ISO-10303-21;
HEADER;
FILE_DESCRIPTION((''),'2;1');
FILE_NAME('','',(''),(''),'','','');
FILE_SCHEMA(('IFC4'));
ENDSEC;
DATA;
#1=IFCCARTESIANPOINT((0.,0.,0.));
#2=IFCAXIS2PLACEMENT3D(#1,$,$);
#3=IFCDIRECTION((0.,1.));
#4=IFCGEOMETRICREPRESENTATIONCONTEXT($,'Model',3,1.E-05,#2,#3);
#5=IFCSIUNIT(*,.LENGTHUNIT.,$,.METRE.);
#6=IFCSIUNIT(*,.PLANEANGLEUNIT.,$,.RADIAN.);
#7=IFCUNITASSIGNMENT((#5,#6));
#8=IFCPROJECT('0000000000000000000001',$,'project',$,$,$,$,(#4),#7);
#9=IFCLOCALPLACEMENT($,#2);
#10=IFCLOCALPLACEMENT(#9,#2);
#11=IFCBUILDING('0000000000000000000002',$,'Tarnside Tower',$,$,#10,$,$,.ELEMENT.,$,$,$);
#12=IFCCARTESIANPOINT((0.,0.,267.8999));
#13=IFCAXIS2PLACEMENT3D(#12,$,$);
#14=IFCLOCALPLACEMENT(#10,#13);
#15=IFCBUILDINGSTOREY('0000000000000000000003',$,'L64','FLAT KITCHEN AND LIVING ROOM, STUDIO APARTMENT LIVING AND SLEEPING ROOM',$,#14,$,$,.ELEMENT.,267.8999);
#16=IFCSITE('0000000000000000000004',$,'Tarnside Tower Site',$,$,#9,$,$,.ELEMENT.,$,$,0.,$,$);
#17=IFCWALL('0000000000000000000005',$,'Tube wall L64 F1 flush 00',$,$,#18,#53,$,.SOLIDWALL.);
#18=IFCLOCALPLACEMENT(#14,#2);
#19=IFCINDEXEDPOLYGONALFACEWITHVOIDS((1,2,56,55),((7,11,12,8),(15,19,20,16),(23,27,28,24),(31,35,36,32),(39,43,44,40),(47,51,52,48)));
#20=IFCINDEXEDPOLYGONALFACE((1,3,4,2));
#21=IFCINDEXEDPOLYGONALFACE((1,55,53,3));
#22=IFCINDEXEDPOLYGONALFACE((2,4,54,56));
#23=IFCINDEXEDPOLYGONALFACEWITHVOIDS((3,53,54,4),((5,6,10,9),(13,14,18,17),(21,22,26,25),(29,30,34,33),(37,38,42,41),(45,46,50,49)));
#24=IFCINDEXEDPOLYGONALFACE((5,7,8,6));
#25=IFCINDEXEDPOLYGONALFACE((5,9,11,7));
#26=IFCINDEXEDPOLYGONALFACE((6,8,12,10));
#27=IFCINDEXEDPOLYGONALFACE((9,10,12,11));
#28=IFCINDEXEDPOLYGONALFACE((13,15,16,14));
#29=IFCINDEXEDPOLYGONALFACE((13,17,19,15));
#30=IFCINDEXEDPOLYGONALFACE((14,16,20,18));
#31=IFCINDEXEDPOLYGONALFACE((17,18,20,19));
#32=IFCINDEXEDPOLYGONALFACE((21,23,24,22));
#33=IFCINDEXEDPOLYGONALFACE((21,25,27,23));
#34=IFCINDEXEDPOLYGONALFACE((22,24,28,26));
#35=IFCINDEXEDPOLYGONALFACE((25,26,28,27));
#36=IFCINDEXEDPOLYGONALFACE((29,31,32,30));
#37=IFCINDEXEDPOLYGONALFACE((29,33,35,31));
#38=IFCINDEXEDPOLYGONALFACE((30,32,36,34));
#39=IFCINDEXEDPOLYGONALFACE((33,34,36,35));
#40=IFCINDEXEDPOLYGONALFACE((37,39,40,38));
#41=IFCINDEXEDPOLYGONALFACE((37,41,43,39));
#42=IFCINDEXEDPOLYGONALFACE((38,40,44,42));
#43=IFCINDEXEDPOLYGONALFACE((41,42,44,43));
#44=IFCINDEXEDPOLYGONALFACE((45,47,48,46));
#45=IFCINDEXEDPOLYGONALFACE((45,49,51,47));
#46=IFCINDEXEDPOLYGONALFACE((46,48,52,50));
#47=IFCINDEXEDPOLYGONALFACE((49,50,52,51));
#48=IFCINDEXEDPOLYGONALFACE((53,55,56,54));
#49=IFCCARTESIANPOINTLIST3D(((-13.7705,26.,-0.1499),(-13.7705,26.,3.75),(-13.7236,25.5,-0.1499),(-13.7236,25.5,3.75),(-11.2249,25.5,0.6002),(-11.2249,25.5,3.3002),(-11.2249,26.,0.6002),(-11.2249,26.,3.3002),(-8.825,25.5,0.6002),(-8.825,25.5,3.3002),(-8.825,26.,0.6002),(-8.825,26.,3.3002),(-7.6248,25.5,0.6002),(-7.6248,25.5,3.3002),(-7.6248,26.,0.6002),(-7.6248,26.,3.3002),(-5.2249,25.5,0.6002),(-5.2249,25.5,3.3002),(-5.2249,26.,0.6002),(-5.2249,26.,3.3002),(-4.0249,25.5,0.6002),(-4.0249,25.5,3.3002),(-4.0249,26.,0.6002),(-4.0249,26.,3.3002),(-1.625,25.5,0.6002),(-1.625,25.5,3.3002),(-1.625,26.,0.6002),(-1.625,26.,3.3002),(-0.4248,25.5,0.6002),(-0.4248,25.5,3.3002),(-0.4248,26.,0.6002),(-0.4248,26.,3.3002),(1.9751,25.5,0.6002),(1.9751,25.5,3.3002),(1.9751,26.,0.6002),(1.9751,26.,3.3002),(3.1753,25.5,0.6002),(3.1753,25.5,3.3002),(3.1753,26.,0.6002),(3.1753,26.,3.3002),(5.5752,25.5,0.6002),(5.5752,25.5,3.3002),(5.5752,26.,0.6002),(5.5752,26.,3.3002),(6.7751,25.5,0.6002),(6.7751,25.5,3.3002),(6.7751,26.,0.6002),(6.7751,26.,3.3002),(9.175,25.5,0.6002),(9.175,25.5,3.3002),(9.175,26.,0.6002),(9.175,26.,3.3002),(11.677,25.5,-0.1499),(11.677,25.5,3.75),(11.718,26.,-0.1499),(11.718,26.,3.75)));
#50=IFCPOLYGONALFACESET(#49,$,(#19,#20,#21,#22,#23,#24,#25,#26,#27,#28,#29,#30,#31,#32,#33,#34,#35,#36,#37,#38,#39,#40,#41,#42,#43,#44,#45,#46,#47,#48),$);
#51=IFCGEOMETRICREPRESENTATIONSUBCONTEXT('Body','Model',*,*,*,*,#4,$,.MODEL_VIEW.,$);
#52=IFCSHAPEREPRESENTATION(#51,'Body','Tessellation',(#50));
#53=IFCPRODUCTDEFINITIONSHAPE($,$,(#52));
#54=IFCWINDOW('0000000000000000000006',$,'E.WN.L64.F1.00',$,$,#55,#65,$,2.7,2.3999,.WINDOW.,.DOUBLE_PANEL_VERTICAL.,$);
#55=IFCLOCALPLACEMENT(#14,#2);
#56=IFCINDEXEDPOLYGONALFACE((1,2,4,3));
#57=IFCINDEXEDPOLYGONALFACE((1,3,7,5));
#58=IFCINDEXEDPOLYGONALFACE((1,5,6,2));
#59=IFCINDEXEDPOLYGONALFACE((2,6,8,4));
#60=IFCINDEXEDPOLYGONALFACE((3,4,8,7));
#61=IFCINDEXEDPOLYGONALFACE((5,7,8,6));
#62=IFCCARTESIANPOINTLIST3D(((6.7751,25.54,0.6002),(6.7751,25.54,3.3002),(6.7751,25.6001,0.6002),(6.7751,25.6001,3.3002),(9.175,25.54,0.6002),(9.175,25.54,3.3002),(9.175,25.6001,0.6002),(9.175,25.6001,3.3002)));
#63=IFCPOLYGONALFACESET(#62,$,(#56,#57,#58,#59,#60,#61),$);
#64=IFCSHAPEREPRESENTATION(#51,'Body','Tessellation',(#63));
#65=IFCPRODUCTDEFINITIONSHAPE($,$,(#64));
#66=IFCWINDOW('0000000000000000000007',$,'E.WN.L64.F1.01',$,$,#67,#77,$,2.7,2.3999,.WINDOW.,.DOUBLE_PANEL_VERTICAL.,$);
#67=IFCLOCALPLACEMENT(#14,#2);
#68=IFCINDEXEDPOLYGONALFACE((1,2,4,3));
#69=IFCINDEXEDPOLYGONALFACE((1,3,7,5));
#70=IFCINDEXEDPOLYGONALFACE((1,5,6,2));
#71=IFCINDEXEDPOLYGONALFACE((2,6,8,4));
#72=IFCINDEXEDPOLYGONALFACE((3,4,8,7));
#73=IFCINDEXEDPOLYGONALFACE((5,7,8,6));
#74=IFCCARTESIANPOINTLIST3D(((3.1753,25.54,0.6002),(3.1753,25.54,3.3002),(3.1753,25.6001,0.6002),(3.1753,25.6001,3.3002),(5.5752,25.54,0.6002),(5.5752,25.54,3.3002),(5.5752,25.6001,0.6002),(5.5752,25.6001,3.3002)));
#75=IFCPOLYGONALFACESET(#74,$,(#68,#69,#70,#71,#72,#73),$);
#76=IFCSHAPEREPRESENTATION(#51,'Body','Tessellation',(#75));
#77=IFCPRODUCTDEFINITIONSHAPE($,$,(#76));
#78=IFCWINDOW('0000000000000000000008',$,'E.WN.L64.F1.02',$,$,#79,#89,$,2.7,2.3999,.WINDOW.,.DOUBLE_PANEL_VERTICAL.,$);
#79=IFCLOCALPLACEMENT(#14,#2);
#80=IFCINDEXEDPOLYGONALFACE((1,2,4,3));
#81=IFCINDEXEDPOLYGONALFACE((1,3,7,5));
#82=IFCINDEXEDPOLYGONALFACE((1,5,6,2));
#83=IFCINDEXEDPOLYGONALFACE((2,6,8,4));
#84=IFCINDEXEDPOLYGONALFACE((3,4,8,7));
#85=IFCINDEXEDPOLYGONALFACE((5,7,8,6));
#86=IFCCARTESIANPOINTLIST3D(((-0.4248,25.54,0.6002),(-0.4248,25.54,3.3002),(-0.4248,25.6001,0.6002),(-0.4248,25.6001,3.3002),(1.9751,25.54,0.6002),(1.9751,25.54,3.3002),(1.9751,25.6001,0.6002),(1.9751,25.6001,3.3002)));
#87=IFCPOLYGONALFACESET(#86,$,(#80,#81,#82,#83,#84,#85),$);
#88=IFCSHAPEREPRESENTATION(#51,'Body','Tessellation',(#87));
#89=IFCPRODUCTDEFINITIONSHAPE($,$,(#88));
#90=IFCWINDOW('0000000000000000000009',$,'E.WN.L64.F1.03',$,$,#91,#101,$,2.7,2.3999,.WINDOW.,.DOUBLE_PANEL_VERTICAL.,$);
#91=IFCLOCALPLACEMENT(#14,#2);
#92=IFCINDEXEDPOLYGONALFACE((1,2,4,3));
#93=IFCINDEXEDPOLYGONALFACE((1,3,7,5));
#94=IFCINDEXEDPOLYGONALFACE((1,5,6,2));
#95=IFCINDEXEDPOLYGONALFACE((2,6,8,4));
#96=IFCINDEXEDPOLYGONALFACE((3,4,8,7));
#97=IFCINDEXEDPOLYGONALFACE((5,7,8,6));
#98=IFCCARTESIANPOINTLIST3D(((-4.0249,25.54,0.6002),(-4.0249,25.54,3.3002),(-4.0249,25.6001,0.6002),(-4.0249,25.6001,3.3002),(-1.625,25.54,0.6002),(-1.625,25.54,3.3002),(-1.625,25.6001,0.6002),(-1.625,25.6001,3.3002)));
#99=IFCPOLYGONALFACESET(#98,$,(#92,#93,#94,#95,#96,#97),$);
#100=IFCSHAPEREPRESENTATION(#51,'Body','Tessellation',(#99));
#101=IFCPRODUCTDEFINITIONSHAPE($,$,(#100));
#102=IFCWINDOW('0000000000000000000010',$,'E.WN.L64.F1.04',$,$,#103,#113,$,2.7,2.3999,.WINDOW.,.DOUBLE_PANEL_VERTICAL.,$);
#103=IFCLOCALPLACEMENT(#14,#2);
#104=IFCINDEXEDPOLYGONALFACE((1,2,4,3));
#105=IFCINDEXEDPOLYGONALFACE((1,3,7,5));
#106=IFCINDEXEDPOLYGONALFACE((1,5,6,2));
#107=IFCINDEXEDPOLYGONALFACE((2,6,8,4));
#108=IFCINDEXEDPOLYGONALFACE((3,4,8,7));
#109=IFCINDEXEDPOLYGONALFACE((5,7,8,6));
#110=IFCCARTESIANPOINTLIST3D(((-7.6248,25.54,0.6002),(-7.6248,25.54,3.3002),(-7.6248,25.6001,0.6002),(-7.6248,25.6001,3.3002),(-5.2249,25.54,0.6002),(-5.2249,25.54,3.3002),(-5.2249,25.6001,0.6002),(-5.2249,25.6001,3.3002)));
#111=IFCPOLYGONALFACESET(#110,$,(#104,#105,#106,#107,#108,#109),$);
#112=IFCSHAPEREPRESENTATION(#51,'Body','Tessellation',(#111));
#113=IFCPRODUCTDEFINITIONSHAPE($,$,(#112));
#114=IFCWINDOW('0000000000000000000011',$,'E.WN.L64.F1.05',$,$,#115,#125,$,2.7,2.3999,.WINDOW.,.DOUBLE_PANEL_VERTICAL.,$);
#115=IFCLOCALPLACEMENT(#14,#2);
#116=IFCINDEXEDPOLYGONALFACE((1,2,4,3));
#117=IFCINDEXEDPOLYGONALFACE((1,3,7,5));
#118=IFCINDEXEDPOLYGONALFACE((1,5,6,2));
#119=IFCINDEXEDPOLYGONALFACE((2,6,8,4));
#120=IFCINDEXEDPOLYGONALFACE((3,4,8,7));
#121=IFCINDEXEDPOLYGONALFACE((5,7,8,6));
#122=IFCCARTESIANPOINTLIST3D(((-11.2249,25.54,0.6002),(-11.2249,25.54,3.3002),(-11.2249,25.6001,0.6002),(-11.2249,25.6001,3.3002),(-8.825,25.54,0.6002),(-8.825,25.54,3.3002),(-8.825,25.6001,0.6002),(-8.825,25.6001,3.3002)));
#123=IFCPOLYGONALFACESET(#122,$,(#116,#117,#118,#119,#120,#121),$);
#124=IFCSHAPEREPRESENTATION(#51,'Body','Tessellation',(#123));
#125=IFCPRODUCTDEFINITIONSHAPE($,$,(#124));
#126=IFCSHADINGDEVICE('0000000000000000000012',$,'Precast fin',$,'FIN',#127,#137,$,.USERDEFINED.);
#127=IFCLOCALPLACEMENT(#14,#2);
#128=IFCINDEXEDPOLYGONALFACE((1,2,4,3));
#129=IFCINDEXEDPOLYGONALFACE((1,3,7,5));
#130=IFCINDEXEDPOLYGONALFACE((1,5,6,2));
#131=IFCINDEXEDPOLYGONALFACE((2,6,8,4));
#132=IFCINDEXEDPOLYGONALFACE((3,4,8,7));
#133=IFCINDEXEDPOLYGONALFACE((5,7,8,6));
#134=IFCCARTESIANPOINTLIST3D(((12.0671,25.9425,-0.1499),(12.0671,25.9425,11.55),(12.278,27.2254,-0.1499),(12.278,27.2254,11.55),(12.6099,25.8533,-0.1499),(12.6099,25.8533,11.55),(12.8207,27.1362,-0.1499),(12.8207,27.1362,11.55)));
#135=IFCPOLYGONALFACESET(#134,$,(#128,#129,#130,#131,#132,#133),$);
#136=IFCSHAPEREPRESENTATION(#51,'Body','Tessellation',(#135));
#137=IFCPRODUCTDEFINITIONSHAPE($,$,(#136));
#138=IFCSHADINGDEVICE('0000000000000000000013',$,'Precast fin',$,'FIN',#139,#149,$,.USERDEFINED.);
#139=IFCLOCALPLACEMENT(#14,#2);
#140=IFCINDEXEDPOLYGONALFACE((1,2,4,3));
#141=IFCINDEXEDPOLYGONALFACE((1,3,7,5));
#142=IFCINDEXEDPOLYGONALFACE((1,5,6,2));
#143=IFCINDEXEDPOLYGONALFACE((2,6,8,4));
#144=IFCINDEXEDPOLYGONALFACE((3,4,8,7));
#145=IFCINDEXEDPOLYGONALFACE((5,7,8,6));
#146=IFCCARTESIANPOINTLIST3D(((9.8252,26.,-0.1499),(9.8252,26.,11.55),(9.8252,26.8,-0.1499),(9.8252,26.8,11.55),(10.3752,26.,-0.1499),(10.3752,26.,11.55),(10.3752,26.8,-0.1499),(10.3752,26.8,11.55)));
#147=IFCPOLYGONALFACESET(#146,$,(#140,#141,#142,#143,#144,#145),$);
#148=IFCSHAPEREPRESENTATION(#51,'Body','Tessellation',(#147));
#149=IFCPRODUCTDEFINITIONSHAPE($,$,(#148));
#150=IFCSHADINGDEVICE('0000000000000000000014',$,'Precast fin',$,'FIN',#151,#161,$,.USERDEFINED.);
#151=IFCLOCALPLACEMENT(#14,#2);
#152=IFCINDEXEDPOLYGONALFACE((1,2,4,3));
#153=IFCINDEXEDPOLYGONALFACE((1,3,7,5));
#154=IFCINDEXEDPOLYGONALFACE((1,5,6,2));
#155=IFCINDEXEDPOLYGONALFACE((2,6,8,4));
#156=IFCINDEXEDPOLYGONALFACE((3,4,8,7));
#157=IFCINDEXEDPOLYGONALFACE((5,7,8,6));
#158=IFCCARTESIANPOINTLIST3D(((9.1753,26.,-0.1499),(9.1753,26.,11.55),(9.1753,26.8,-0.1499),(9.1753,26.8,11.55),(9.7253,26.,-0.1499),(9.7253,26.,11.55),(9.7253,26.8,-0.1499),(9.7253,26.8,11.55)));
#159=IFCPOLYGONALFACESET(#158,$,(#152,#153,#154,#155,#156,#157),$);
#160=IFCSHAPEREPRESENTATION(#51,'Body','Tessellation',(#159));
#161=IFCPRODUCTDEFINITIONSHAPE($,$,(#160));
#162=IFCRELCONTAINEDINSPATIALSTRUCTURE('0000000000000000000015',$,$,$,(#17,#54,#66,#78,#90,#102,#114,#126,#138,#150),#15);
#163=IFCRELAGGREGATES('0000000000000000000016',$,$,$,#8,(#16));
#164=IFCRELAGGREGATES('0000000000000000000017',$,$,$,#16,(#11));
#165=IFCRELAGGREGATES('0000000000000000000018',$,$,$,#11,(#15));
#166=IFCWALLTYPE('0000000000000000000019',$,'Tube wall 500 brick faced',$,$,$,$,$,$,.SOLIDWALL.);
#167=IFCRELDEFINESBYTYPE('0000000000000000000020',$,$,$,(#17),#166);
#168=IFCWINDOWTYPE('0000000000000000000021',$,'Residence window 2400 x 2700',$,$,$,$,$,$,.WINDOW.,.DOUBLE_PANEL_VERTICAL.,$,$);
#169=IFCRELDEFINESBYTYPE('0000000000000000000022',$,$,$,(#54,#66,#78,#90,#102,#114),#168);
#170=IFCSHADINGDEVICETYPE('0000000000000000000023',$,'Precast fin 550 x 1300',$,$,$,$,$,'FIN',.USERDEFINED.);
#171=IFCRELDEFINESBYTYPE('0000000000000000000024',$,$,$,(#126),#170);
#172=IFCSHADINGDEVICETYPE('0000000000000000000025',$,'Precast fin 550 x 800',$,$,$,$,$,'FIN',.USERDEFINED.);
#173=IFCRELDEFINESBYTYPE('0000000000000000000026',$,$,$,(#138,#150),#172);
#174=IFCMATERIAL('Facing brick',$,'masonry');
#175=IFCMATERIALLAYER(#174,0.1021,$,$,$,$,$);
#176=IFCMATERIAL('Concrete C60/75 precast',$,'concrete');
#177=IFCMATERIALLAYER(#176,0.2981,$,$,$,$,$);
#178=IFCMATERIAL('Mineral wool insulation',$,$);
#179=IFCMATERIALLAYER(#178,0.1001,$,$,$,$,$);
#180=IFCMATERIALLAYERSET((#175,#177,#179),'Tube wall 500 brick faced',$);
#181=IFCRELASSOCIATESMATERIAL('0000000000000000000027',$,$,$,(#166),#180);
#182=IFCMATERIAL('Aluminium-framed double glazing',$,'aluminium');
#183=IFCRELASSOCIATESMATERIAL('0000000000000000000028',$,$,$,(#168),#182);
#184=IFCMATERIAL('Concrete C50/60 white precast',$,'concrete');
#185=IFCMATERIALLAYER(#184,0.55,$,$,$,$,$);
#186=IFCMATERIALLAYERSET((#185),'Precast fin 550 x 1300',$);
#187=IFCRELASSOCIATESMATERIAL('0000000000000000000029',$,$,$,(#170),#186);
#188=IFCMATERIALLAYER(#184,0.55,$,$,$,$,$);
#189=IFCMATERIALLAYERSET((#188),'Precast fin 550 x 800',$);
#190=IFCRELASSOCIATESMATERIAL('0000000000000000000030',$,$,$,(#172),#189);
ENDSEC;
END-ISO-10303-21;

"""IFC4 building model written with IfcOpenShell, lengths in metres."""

from ifc_helpers import new_model, si_unit, direction, frame, frame_2d, origin, place, context, subcontext, project, spatial, polyline, rectangle, outline, extrude, material, layer, layer_set, type_object, element, fill, save


model = new_model("IFC4")

# Units and contexts
model_context = context("Model", 3, precision=1e-05, world=origin(), true_north=direction((0.0, 1.0)))
body_context = subcontext(model_context, "Body", "Model", "MODEL_VIEW")
ifc_project = project(units=[si_unit("LENGTHUNIT", "METRE"), si_unit("PLANEANGLEUNIT", "RADIAN")], contexts=[model_context])

# Site, building, storey
site_placement = place(None, origin())
site = spatial("IfcSite", under=ifc_project, at=site_placement, Name="Tarnside Tower Site", CompositionType="ELEMENT", RefElevation=0.0)
building_placement = place(site_placement, origin())
building = spatial("IfcBuilding", under=site, at=building_placement, Name="Tarnside Tower", CompositionType="ELEMENT")
storey_placement = place(building_placement, frame((0.0, 0.0, 267.8999)))
storey = spatial("IfcBuildingStorey", under=building, at=storey_placement, Name="L64", Description="FLAT KITCHEN AND LIVING ROOM, STUDIO APARTMENT LIVING AND SLEEPING ROOM", CompositionType="ELEMENT", Elevation=267.8999)

# Wall, openings, windows
ifc_material_1 = material(Name="Facing brick", Category="masonry")
ifc_layer_1 = layer(ifc_material_1, 0.1021)
ifc_material_2 = material(Name="Concrete C60/75 precast", Category="concrete")
ifc_layer_2 = layer(ifc_material_2, 0.2981)
ifc_material_3 = material(Name="Mineral wool insulation")
ifc_layer_3 = layer(ifc_material_3, 0.1001)
ifc_layer_set_1 = layer_set([ifc_layer_1, ifc_layer_2, ifc_layer_3], Name="Tube wall 500 brick faced")
wall_type_1 = type_object("IfcWallType", Name="Tube wall 500 brick faced", PredefinedType="SOLIDWALL", material=ifc_layer_set_1)
wall_1_placement = place(storey_placement, frame((11.6975, 25.75, -0.1499), z_axis=(0.0, 0.0, 1.0), x_axis=(-1.0, 0.0, 0.0)))
wall_1 = element("IfcWall", 1, at=wall_1_placement, inside=storey, type_object=wall_type_1, Name="Tube wall L64 F1 flush 00", PredefinedType="SOLIDWALL", context=body_context, shape_type="SweptSolid", body=[
    extrude(outline(polyline([(-0.0205, -0.25), (25.468, -0.25), (25.4211, 0.25), (0.0205, 0.25), (-0.0205, -0.25)])), origin(), (0.0, 0.0, 1.0), 3.8999),
])
opening_1_placement = place(wall_1_placement, frame((2.5225, 0.0, 0.75)))
opening_1 = element("IfcOpeningElement", 2, at=opening_1_placement, cuts=wall_1, PredefinedType="OPENING", context=body_context, shape_type="SweptSolid", body=[
    extrude(rectangle(XDim=2.3999, YDim=2.7, at=frame_2d((1.2, 1.3501))), frame((0.0, 0.26, 0.0), z_axis=(0.0, -1.0, 0.0), x_axis=(1.0, 0.0, 0.0)), (0.0, 0.0, 1.0), 0.52),
])
opening_2_placement = place(wall_1_placement, frame((6.1223, 0.0, 0.75)))
opening_2 = element("IfcOpeningElement", 3, at=opening_2_placement, cuts=wall_1, PredefinedType="OPENING", context=body_context, shape_type="SweptSolid", body=[
    extrude(rectangle(XDim=2.3999, YDim=2.7, at=frame_2d((1.2, 1.3501))), frame((0.0, 0.26, 0.0), z_axis=(0.0, -1.0, 0.0), x_axis=(1.0, 0.0, 0.0)), (0.0, 0.0, 1.0), 0.52),
])
opening_3_placement = place(wall_1_placement, frame((9.7224, 0.0, 0.75)))
opening_3 = element("IfcOpeningElement", 4, at=opening_3_placement, cuts=wall_1, PredefinedType="OPENING", context=body_context, shape_type="SweptSolid", body=[
    extrude(rectangle(XDim=2.3999, YDim=2.7, at=frame_2d((1.2, 1.3501))), frame((0.0, 0.26, 0.0), z_axis=(0.0, -1.0, 0.0), x_axis=(1.0, 0.0, 0.0)), (0.0, 0.0, 1.0), 0.52),
])
opening_4_placement = place(wall_1_placement, frame((13.3225, 0.0, 0.75)))
opening_4 = element("IfcOpeningElement", 5, at=opening_4_placement, cuts=wall_1, PredefinedType="OPENING", context=body_context, shape_type="SweptSolid", body=[
    extrude(rectangle(XDim=2.3999, YDim=2.7, at=frame_2d((1.2, 1.3501))), frame((0.0, 0.26, 0.0), z_axis=(0.0, -1.0, 0.0), x_axis=(1.0, 0.0, 0.0)), (0.0, 0.0, 1.0), 0.52),
])
opening_5_placement = place(wall_1_placement, frame((16.9224, 0.0, 0.75)))
opening_5 = element("IfcOpeningElement", 6, at=opening_5_placement, cuts=wall_1, PredefinedType="OPENING", context=body_context, shape_type="SweptSolid", body=[
    extrude(rectangle(XDim=2.3999, YDim=2.7, at=frame_2d((1.2, 1.3501))), frame((0.0, 0.26, 0.0), z_axis=(0.0, -1.0, 0.0), x_axis=(1.0, 0.0, 0.0)), (0.0, 0.0, 1.0), 0.52),
])
opening_6_placement = place(wall_1_placement, frame((20.5225, 0.0, 0.75)))
opening_6 = element("IfcOpeningElement", 7, at=opening_6_placement, cuts=wall_1, PredefinedType="OPENING", context=body_context, shape_type="SweptSolid", body=[
    extrude(rectangle(XDim=2.3999, YDim=2.7, at=frame_2d((1.2, 1.3501))), frame((0.0, 0.26, 0.0), z_axis=(0.0, -1.0, 0.0), x_axis=(1.0, 0.0, 0.0)), (0.0, 0.0, 1.0), 0.52),
])
ifc_material_4 = material(Name="Aluminium-framed double glazing", Category="aluminium")
window_type = type_object("IfcWindowType", Name="Residence window 2400 x 2700", PartitioningType="DOUBLE_PANEL_VERTICAL", PredefinedType="WINDOW", material=ifc_material_4)
window_1_placement = place(opening_1_placement, frame((0.0, 0.1799, 0.0)))
window_1 = element("IfcWindow", 8, at=window_1_placement, inside=storey, type_object=window_type, Name="E.WN.L64.F1.00", OverallHeight=2.7, OverallWidth=2.3999, PartitioningType="DOUBLE_PANEL_VERTICAL", PredefinedType="WINDOW", context=body_context, shape_type="SweptSolid", body=[
    extrude(rectangle(XDim=2.3999, YDim=2.7, at=frame_2d((1.2, 1.3501))), frame((0.0, 0.03, 0.0), z_axis=(0.0, -1.0, 0.0), x_axis=(1.0, 0.0, 0.0)), (0.0, 0.0, 1.0), 0.0601),
])
fill(opening_1, window_1)
window_2_placement = place(opening_2_placement, frame((0.0, 0.1799, 0.0)))
window_2 = element("IfcWindow", 9, at=window_2_placement, inside=storey, type_object=window_type, Name="E.WN.L64.F1.01", OverallHeight=2.7, OverallWidth=2.3999, PartitioningType="DOUBLE_PANEL_VERTICAL", PredefinedType="WINDOW", context=body_context, shape_type="SweptSolid", body=[
    extrude(rectangle(XDim=2.3999, YDim=2.7, at=frame_2d((1.2, 1.3501))), frame((0.0, 0.03, 0.0), z_axis=(0.0, -1.0, 0.0), x_axis=(1.0, 0.0, 0.0)), (0.0, 0.0, 1.0), 0.0601),
])
fill(opening_2, window_2)
window_3_placement = place(opening_3_placement, frame((0.0, 0.1799, 0.0)))
window_3 = element("IfcWindow", 10, at=window_3_placement, inside=storey, type_object=window_type, Name="E.WN.L64.F1.02", OverallHeight=2.7, OverallWidth=2.3999, PartitioningType="DOUBLE_PANEL_VERTICAL", PredefinedType="WINDOW", context=body_context, shape_type="SweptSolid", body=[
    extrude(rectangle(XDim=2.3999, YDim=2.7, at=frame_2d((1.2, 1.3501))), frame((0.0, 0.03, 0.0), z_axis=(0.0, -1.0, 0.0), x_axis=(1.0, 0.0, 0.0)), (0.0, 0.0, 1.0), 0.0601),
])
fill(opening_3, window_3)
window_4_placement = place(opening_4_placement, frame((0.0, 0.1799, 0.0)))
window_4 = element("IfcWindow", 11, at=window_4_placement, inside=storey, type_object=window_type, Name="E.WN.L64.F1.03", OverallHeight=2.7, OverallWidth=2.3999, PartitioningType="DOUBLE_PANEL_VERTICAL", PredefinedType="WINDOW", context=body_context, shape_type="SweptSolid", body=[
    extrude(rectangle(XDim=2.3999, YDim=2.7, at=frame_2d((1.2, 1.3501))), frame((0.0, 0.03, 0.0), z_axis=(0.0, -1.0, 0.0), x_axis=(1.0, 0.0, 0.0)), (0.0, 0.0, 1.0), 0.0601),
])
fill(opening_4, window_4)
window_5_placement = place(opening_5_placement, frame((0.0, 0.1799, 0.0)))
window_5 = element("IfcWindow", 12, at=window_5_placement, inside=storey, type_object=window_type, Name="E.WN.L64.F1.04", OverallHeight=2.7, OverallWidth=2.3999, PartitioningType="DOUBLE_PANEL_VERTICAL", PredefinedType="WINDOW", context=body_context, shape_type="SweptSolid", body=[
    extrude(rectangle(XDim=2.3999, YDim=2.7, at=frame_2d((1.2, 1.3501))), frame((0.0, 0.03, 0.0), z_axis=(0.0, -1.0, 0.0), x_axis=(1.0, 0.0, 0.0)), (0.0, 0.0, 1.0), 0.0601),
])
fill(opening_5, window_5)
window_6_placement = place(opening_6_placement, frame((0.0, 0.1799, 0.0)))
window_6 = element("IfcWindow", 13, at=window_6_placement, inside=storey, type_object=window_type, Name="E.WN.L64.F1.05", OverallHeight=2.7, OverallWidth=2.3999, PartitioningType="DOUBLE_PANEL_VERTICAL", PredefinedType="WINDOW", context=body_context, shape_type="SweptSolid", body=[
    extrude(rectangle(XDim=2.3999, YDim=2.7, at=frame_2d((1.2, 1.3501))), frame((0.0, 0.03, 0.0), z_axis=(0.0, -1.0, 0.0), x_axis=(1.0, 0.0, 0.0)), (0.0, 0.0, 1.0), 0.0601),
])
fill(opening_6, window_6)

# Shading devices
ifc_material_5 = material(Name="Concrete C50/60 white precast", Category="concrete")
ifc_layer_4 = layer(ifc_material_5, 0.55)
ifc_layer_set_2 = layer_set([ifc_layer_4], Name="Precast fin 550 x 1300")
shading_device_type_1 = type_object("IfcShadingDeviceType", Name="Precast fin 550 x 1300", ElementType="FIN", PredefinedType="USERDEFINED", material=ifc_layer_set_2)
shading_device_placement = place(storey_placement, frame((12.3384, 25.8979, -0.1499), z_axis=(0.986762, -0.162178, 0.0), x_axis=(0.162178, 0.986762, 0.0)))
element("IfcShadingDevice", 14, at=shading_device_placement, inside=storey, type_object=shading_device_type_1, Name="Precast fin", ObjectType="FIN", PredefinedType="USERDEFINED", context=body_context, shape_type="SweptSolid", body=[
    extrude(outline(polyline([(0.0, 0.0), (1.3, 0.0), (1.3, 11.7), (0.0, 11.7), (0.0, 0.0)])), frame((0.0, 0.0, -0.2749)), (0.0, 0.0, 1.0), 0.55),
])
ifc_layer_5 = layer(ifc_material_5, 0.55)
ifc_layer_set_3 = layer_set([ifc_layer_5], Name="Precast fin 550 x 800")
shading_device_type_2 = type_object("IfcShadingDeviceType", Name="Precast fin 550 x 800", ElementType="FIN", PredefinedType="USERDEFINED", material=ifc_layer_set_3)
for number, where, z_axis, x_axis, name in (
    (15, (10.1001, 26.0, -0.1499), (1.0, 0.0, 0.0), (0.0, 1.0, 0.0), "Precast fin"),
    (16, (9.4502, 26.0, -0.1499), (1.0, 0.0, 0.0), (0.0, 1.0, 0.0), "Precast fin"),
):
    element("IfcShadingDevice", number, at=place(storey_placement, frame(where, z_axis=z_axis, x_axis=x_axis)), inside=storey, type_object=shading_device_type_2, Name=name, ObjectType="FIN", PredefinedType="USERDEFINED", context=body_context, shape_type="SweptSolid", body=[
        extrude(outline(polyline([(0.0, 0.0), (0.8, 0.0), (0.8, 11.7), (0.0, 11.7), (0.0, 0.0)])), frame((0.0, 0.0, -0.2749)), (0.0, 0.0, 1.0), 0.55),
    ])

save(model, "model.ifc")
